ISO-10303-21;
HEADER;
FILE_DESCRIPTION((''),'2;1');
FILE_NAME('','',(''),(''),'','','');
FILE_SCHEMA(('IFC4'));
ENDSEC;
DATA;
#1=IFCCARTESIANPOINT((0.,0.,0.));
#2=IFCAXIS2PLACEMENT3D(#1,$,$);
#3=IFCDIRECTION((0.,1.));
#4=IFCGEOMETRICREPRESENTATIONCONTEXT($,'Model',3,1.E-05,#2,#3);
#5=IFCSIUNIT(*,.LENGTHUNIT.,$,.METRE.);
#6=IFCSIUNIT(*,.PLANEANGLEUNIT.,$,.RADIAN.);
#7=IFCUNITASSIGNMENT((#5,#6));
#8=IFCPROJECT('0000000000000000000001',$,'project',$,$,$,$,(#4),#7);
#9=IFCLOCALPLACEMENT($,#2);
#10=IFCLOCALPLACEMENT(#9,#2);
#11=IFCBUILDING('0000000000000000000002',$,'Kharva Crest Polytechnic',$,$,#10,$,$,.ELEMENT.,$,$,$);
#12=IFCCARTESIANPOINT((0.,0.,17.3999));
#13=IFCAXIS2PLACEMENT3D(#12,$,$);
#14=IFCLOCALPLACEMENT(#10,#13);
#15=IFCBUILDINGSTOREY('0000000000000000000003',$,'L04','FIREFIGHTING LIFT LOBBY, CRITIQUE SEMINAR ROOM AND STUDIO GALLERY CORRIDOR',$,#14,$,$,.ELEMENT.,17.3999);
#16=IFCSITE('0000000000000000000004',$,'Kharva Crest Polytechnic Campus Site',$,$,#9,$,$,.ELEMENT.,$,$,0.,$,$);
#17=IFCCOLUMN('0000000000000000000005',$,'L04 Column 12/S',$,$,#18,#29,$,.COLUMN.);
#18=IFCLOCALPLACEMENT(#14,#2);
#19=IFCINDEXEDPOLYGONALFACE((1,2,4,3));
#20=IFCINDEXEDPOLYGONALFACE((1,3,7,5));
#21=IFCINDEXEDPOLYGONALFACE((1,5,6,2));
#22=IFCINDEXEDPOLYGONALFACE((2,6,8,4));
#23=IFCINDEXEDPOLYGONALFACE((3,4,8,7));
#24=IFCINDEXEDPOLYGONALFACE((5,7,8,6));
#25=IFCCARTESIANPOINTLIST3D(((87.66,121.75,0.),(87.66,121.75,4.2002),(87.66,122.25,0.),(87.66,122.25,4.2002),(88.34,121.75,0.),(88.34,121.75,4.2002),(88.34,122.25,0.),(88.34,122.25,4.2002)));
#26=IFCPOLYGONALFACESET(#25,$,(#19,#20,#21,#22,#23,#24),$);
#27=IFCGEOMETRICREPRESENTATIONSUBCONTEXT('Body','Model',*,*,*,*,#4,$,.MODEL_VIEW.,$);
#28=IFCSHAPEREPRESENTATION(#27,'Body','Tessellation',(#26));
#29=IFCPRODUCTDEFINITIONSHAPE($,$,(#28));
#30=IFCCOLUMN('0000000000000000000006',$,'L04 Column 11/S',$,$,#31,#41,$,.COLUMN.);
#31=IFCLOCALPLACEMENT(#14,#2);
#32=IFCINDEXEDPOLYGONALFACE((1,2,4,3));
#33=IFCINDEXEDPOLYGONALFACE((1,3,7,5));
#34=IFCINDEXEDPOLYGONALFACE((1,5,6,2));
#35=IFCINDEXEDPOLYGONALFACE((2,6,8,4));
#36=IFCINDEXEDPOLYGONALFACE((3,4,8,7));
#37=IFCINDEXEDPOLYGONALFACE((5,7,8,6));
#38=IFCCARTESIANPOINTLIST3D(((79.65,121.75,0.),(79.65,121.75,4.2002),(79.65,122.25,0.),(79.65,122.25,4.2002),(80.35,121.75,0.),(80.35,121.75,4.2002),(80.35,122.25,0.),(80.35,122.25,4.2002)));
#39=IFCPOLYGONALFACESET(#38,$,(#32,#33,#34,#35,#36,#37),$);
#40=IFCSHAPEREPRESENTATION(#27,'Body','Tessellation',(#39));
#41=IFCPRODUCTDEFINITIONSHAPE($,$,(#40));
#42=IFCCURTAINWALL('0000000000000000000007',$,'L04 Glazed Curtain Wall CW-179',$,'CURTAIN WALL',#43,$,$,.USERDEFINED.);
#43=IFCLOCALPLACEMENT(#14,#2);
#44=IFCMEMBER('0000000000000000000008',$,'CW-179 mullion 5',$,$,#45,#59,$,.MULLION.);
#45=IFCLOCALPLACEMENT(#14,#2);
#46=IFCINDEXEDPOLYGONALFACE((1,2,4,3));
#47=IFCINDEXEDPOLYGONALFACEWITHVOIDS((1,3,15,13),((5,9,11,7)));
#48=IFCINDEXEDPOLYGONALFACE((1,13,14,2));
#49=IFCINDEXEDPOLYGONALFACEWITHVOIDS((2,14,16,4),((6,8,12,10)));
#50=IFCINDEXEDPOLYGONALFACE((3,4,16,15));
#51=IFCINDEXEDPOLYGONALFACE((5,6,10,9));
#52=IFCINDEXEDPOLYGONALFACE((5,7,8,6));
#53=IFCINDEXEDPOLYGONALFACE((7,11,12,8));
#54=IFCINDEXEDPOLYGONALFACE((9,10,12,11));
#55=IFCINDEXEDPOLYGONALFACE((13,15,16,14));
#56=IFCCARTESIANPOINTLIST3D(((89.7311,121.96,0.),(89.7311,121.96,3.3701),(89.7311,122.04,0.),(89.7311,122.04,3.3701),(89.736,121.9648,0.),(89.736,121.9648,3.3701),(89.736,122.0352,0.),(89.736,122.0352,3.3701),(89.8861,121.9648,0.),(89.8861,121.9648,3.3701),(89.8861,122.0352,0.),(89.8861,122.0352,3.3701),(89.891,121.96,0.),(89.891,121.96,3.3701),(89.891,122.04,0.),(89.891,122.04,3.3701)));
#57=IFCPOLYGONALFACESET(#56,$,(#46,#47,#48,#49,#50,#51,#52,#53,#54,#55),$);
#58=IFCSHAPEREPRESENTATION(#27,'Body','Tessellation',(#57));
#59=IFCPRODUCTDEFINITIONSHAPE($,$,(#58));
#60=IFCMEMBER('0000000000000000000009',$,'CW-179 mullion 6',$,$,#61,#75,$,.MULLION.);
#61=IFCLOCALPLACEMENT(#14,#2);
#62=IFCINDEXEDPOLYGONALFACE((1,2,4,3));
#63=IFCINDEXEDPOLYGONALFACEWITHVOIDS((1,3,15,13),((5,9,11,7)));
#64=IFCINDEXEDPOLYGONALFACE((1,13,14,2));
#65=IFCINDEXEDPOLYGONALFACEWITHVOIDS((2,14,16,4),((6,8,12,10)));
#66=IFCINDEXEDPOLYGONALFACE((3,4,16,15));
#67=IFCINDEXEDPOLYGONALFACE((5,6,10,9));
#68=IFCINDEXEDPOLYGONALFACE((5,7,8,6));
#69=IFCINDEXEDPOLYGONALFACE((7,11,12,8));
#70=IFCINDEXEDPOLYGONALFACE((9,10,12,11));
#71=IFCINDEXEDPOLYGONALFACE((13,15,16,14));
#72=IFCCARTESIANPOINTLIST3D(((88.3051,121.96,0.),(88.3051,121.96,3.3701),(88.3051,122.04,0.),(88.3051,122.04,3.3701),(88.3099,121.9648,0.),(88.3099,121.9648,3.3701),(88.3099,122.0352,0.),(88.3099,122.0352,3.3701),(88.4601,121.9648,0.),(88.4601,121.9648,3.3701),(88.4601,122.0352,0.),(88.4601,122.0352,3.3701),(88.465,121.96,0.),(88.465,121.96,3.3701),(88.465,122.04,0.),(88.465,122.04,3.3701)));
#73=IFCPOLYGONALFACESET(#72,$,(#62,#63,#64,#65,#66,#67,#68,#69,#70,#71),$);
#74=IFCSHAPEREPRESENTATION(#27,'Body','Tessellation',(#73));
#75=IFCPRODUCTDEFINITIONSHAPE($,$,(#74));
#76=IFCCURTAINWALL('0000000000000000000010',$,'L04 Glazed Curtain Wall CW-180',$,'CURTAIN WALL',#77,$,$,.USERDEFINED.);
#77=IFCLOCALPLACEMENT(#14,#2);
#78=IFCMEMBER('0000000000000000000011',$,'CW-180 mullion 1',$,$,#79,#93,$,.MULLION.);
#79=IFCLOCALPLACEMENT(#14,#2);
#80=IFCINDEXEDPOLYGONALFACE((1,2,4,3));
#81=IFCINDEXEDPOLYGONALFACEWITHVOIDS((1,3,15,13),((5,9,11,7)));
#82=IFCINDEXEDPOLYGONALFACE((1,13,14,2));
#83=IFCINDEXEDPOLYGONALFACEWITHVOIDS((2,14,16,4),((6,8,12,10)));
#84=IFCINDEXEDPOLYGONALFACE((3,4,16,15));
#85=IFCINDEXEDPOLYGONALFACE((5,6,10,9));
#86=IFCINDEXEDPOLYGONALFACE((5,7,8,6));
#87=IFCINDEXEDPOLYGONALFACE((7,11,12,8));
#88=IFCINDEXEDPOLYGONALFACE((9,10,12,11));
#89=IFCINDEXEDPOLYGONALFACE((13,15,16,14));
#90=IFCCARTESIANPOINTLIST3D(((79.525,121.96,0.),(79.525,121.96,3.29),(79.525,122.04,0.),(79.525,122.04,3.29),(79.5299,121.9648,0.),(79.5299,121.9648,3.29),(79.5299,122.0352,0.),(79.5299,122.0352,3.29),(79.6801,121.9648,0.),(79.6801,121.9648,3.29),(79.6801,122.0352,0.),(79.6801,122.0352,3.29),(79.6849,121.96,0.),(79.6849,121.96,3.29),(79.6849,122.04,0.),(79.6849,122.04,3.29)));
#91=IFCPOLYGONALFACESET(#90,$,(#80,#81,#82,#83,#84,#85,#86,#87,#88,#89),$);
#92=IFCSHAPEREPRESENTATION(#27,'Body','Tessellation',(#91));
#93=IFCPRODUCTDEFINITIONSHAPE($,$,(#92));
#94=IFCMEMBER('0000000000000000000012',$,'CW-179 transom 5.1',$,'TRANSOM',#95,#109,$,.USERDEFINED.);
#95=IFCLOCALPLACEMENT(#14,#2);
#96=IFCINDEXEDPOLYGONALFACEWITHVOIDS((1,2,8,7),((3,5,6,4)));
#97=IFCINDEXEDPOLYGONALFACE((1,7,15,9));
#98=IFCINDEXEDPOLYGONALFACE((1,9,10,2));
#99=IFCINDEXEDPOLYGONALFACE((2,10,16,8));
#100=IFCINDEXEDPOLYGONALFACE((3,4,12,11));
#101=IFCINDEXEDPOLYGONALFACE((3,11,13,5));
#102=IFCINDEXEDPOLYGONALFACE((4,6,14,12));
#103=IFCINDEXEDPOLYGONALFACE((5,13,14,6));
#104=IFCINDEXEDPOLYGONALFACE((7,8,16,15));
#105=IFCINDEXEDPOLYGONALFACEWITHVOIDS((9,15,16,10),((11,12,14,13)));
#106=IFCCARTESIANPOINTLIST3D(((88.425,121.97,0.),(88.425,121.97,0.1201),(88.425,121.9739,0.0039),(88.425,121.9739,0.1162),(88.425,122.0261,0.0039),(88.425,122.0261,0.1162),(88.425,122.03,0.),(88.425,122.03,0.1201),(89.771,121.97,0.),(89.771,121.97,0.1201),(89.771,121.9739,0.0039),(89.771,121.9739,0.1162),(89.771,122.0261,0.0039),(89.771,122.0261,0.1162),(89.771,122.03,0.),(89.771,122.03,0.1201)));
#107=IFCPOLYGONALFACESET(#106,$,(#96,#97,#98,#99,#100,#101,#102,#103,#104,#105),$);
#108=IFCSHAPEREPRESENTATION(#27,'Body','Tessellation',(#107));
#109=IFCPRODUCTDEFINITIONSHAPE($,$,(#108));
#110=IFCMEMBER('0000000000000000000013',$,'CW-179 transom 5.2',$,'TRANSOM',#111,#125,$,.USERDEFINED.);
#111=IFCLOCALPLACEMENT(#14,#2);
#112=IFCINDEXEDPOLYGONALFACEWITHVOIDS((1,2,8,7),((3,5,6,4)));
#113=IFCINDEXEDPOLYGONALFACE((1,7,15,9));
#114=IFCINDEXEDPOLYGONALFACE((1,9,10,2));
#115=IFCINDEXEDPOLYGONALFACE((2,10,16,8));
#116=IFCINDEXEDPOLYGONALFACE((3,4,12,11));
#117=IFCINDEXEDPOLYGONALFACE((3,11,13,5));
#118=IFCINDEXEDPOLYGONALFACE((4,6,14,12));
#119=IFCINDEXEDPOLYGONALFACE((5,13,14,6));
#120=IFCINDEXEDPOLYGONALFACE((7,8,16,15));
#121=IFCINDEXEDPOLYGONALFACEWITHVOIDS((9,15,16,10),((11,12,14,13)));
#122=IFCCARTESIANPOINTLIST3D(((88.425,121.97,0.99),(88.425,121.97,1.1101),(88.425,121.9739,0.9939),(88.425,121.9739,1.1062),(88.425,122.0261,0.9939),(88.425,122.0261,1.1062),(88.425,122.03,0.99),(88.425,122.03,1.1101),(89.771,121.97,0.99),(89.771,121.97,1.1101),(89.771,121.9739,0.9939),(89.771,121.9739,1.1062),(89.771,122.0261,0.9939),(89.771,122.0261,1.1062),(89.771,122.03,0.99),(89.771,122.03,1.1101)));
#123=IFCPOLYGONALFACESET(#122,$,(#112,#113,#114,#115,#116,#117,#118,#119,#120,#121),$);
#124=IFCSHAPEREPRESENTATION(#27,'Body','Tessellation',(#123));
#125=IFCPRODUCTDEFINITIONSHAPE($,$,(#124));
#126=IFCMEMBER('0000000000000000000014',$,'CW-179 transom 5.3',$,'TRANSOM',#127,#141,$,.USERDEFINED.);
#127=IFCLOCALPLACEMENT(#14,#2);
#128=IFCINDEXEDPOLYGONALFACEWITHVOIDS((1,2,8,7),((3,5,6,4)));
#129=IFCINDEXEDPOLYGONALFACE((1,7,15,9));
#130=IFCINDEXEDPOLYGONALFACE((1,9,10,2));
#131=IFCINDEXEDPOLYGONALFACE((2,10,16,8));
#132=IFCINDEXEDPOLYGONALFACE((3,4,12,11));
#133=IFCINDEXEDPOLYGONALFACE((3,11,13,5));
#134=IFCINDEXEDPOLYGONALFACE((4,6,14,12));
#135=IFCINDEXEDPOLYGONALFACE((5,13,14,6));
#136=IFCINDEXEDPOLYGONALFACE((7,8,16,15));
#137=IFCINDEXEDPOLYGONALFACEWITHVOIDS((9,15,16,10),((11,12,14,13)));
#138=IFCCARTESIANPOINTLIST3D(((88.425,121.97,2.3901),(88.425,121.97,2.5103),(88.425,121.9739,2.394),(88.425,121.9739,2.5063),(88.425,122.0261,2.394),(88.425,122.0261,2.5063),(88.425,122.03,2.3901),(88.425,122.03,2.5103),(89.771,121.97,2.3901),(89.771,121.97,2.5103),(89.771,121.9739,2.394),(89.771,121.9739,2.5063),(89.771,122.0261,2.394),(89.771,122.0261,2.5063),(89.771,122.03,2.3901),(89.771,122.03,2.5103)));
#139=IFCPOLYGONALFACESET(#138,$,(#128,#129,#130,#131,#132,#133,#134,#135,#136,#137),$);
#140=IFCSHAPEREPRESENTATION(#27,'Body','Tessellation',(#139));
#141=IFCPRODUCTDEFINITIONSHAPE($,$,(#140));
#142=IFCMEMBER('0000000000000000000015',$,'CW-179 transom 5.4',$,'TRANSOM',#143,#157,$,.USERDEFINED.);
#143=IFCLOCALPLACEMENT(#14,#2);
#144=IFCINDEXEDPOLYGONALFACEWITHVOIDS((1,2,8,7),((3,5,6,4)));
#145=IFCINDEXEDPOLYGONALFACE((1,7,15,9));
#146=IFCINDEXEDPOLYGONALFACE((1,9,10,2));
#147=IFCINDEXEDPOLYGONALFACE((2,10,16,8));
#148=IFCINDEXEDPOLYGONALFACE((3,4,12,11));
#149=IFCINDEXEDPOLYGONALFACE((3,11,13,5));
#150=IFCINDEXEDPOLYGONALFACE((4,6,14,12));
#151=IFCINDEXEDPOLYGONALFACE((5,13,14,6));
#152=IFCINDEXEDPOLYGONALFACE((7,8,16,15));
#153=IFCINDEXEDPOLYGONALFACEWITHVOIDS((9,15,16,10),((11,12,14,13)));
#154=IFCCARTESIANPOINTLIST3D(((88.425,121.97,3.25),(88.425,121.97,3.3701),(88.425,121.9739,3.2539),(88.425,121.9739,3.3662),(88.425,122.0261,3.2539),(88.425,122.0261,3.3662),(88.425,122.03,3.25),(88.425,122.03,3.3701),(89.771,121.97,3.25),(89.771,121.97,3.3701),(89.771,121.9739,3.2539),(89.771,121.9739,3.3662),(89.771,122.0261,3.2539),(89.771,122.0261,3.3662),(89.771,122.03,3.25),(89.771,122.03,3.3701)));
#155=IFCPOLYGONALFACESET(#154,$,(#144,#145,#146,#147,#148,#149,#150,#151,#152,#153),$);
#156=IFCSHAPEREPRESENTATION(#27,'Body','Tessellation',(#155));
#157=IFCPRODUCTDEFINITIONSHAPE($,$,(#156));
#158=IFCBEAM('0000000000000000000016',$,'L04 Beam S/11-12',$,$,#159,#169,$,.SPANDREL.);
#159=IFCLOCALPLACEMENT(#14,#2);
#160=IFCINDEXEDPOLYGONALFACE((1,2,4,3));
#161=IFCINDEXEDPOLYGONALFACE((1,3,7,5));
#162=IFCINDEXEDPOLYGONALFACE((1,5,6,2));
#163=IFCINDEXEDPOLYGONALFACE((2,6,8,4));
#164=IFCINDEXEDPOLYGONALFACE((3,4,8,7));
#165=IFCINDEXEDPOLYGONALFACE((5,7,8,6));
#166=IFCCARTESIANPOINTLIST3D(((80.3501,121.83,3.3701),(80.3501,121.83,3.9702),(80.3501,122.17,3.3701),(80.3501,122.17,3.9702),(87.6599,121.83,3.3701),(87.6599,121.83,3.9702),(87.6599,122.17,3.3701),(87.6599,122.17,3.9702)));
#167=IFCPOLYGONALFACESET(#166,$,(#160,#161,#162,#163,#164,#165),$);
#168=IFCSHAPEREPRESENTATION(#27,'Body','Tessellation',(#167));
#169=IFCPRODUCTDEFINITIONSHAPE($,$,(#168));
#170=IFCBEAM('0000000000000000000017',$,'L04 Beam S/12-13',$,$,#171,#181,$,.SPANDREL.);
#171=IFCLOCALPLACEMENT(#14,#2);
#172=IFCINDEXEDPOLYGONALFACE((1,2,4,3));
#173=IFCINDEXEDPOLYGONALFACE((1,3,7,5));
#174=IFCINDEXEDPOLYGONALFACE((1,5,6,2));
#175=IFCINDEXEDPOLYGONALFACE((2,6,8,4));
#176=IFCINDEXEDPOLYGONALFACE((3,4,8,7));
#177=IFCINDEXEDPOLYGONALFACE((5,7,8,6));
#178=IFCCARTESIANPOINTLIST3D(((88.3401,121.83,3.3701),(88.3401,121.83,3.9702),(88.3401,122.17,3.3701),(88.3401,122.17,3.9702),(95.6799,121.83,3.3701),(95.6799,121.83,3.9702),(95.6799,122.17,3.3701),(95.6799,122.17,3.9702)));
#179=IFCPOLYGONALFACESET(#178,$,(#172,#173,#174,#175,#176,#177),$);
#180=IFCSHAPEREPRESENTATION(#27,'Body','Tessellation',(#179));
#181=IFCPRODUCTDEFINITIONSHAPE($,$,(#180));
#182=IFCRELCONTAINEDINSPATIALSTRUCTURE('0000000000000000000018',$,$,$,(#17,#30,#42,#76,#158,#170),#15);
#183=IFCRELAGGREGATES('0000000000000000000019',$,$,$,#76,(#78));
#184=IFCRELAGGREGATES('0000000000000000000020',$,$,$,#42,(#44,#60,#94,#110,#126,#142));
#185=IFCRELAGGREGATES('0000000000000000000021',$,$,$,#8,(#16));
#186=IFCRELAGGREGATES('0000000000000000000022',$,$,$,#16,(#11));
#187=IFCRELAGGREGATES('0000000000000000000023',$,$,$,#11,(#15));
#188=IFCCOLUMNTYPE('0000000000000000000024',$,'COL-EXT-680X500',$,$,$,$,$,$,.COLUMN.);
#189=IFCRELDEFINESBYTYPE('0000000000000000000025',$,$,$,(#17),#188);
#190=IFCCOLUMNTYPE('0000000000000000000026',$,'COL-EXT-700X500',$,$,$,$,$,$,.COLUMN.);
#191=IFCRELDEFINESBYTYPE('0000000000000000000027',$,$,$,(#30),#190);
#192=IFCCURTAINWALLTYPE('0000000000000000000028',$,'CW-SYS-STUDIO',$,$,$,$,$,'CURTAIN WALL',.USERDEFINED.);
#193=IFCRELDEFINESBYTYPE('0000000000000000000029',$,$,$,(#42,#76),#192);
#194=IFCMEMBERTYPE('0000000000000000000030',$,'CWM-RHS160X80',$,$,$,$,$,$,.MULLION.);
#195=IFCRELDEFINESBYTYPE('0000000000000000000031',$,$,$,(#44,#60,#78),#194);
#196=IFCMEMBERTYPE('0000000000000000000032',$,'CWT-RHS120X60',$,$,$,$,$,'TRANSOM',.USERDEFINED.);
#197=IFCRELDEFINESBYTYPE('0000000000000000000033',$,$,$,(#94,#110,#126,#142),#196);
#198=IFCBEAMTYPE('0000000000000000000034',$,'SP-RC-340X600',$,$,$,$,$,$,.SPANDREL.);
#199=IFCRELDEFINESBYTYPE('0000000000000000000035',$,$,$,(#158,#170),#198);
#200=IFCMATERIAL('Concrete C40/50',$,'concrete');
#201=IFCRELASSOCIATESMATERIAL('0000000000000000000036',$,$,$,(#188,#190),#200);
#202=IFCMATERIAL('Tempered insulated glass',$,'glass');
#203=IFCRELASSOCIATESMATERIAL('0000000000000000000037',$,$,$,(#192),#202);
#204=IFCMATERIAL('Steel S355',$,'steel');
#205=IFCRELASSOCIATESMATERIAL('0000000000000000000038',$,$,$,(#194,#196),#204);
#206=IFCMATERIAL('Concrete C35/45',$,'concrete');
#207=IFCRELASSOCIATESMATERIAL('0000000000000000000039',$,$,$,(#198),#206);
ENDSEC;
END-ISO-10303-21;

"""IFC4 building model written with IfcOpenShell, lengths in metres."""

from ifc_helpers import new_model, si_unit, direction, frame, origin, origin_2d, place, context, subcontext, project, spatial, rectangle, hollow_rectangle, extrude, material, material_profile, profile_set, type_object, element, aggregate, save


model = new_model("IFC4")

# Units and contexts
model_context = context("Model", 3, precision=1e-05, world=origin(), true_north=direction((0.0, 1.0)))
body_context = subcontext(model_context, "Body", "Model", "MODEL_VIEW")
ifc_project = project(units=[si_unit("LENGTHUNIT", "METRE"), si_unit("PLANEANGLEUNIT", "RADIAN")], contexts=[model_context])

# Site, building, storey
site_placement = place(None, origin())
site = spatial("IfcSite", under=ifc_project, at=site_placement, Name="Kharva Crest Polytechnic Campus Site", CompositionType="ELEMENT", RefElevation=0.0)
building_placement = place(site_placement, origin())
building = spatial("IfcBuilding", under=site, at=building_placement, Name="Kharva Crest Polytechnic", CompositionType="ELEMENT")
storey_placement = place(building_placement, frame((0.0, 0.0, 17.3999)))
storey = spatial("IfcBuildingStorey", under=building, at=storey_placement, Name="L04", Description="FIREFIGHTING LIFT LOBBY, CRITIQUE SEMINAR ROOM AND STUDIO GALLERY CORRIDOR", CompositionType="ELEMENT", Elevation=17.3999)

# Columns
ifc_material_1 = material(Name="Concrete C40/50", Category="concrete")
ifc_material_profile_1 = material_profile(ifc_material_1, rectangle(XDim=0.6799, YDim=0.5, at=origin_2d()), Name="RECT 680 X 500")
ifc_profile_set_1 = profile_set([ifc_material_profile_1], Name="Concrete C40/50")
column_type_1 = type_object("IfcColumnType", Name="COL-EXT-680X500", PredefinedType="COLUMN", material=ifc_profile_set_1)
column_1_placement = place(storey_placement, frame((88.0, 122.0, 0.0), z_axis=(0.0, 0.0, 1.0), x_axis=(1.0, 0.0, 0.0)))
element("IfcColumn", 1, at=column_1_placement, inside=storey, type_object=column_type_1, Name="L04 Column 12/S", PredefinedType="COLUMN", context=body_context, shape_type="SweptSolid", body=[
    extrude(rectangle(XDim=0.6799, YDim=0.5, at=origin_2d()), origin(), (0.0, 0.0, 1.0), 4.2002),
])
ifc_material_profile_2 = material_profile(ifc_material_1, rectangle(XDim=0.7, YDim=0.5, at=origin_2d()), Name="RECT 700 X 500")
ifc_profile_set_2 = profile_set([ifc_material_profile_2], Name="Concrete C40/50")
column_type_2 = type_object("IfcColumnType", Name="COL-EXT-700X500", PredefinedType="COLUMN", material=ifc_profile_set_2)
column_2_placement = place(storey_placement, frame((80.0, 122.0, 0.0), z_axis=(0.0, 0.0, 1.0), x_axis=(1.0, 0.0, 0.0)))
element("IfcColumn", 2, at=column_2_placement, inside=storey, type_object=column_type_2, Name="L04 Column 11/S", PredefinedType="COLUMN", context=body_context, shape_type="SweptSolid", body=[
    extrude(rectangle(XDim=0.7, YDim=0.5, at=origin_2d()), origin(), (0.0, 0.0, 1.0), 4.2002),
])

# Curtain wall, members
ifc_material_2 = material(Name="Tempered insulated glass", Category="glass")
curtain_wall_type = type_object("IfcCurtainWallType", Name="CW-SYS-STUDIO", ElementType="CURTAIN WALL", PredefinedType="USERDEFINED", material=ifc_material_2)
curtain_wall_1_placement = place(storey_placement, origin())
curtain_wall_1 = element("IfcCurtainWall", 3, at=curtain_wall_1_placement, inside=storey, type_object=curtain_wall_type, Name="L04 Glazed Curtain Wall CW-179", ObjectType="CURTAIN WALL", PredefinedType="USERDEFINED")
ifc_material_3 = material(Name="Steel S355", Category="steel")
ifc_material_profile_3 = material_profile(ifc_material_3, hollow_rectangle(XDim=0.0801, YDim=0.1599, WallThickness=0.0049, at=origin_2d()), Name="RHS 160X80X5.0")
ifc_profile_set_3 = profile_set([ifc_material_profile_3], Name="Steel S355")
member_type_1 = type_object("IfcMemberType", Name="CWM-RHS160X80", PredefinedType="MULLION", material=ifc_profile_set_3)
member_1_placement = place(storey_placement, frame((89.811, 122.0, 0.0), z_axis=(0.0, 0.0, 1.0), x_axis=(0.0, -1.0, 0.0)))
member_1 = element("IfcMember", 4, at=member_1_placement, type_object=member_type_1, Name="CW-179 mullion 5", PredefinedType="MULLION", context=body_context, shape_type="SweptSolid", body=[
    extrude(hollow_rectangle(XDim=0.0801, YDim=0.1599, WallThickness=0.0049, at=origin_2d()), origin(), (0.0, 0.0, 1.0), 3.3701),
])
member_2_placement = place(storey_placement, frame((88.385, 122.0, 0.0), z_axis=(0.0, 0.0, 1.0), x_axis=(0.0, -1.0, 0.0)))
member_2 = element("IfcMember", 5, at=member_2_placement, type_object=member_type_1, Name="CW-179 mullion 6", PredefinedType="MULLION", context=body_context, shape_type="SweptSolid", body=[
    extrude(hollow_rectangle(XDim=0.0801, YDim=0.1599, WallThickness=0.0049, at=origin_2d()), origin(), (0.0, 0.0, 1.0), 3.3701),
])

# Curtain wall, member
curtain_wall_2_placement = place(storey_placement, origin())
curtain_wall_2 = element("IfcCurtainWall", 6, at=curtain_wall_2_placement, inside=storey, type_object=curtain_wall_type, Name="L04 Glazed Curtain Wall CW-180", ObjectType="CURTAIN WALL", PredefinedType="USERDEFINED")
member_3_placement = place(storey_placement, frame((79.605, 122.0, 0.0), z_axis=(0.0, 0.0, 1.0), x_axis=(0.0, -1.0, 0.0)))
member_3 = element("IfcMember", 7, at=member_3_placement, type_object=member_type_1, Name="CW-180 mullion 1", PredefinedType="MULLION", context=body_context, shape_type="SweptSolid", body=[
    extrude(hollow_rectangle(XDim=0.0801, YDim=0.1599, WallThickness=0.0049, at=origin_2d()), origin(), (0.0, 0.0, 1.0), 3.29),
])
aggregate(curtain_wall_2, [member_3])

# Members
ifc_material_profile_4 = material_profile(ifc_material_3, hollow_rectangle(XDim=0.0601, YDim=0.1201, WallThickness=0.0039, at=origin_2d()), Name="RHS 120X60X4.0")
ifc_profile_set_4 = profile_set([ifc_material_profile_4], Name="Steel S355")
member_type_2 = type_object("IfcMemberType", Name="CWT-RHS120X60", ElementType="TRANSOM", PredefinedType="USERDEFINED", material=ifc_profile_set_4)
member_4_placement = place(storey_placement, frame((89.771, 122.0, 0.0601), z_axis=(-1.0, 0.0, 0.0), x_axis=(0.0, -1.0, 0.0)))
member_4 = element("IfcMember", 8, at=member_4_placement, type_object=member_type_2, Name="CW-179 transom 5.1", ObjectType="TRANSOM", PredefinedType="USERDEFINED", context=body_context, shape_type="SweptSolid", body=[
    extrude(hollow_rectangle(XDim=0.0601, YDim=0.1201, WallThickness=0.0039, at=origin_2d()), origin(), (0.0, 0.0, 1.0), 1.3459),
])
member_5_placement = place(storey_placement, frame((89.771, 122.0, 1.05), z_axis=(-1.0, 0.0, 0.0), x_axis=(0.0, -1.0, 0.0)))
member_5 = element("IfcMember", 9, at=member_5_placement, type_object=member_type_2, Name="CW-179 transom 5.2", ObjectType="TRANSOM", PredefinedType="USERDEFINED", context=body_context, shape_type="SweptSolid", body=[
    extrude(hollow_rectangle(XDim=0.0601, YDim=0.1201, WallThickness=0.0039, at=origin_2d()), origin(), (0.0, 0.0, 1.0), 1.3459),
])
member_6_placement = place(storey_placement, frame((89.771, 122.0, 2.4502), z_axis=(-1.0, 0.0, 0.0), x_axis=(0.0, -1.0, 0.0)))
member_6 = element("IfcMember", 10, at=member_6_placement, type_object=member_type_2, Name="CW-179 transom 5.3", ObjectType="TRANSOM", PredefinedType="USERDEFINED", context=body_context, shape_type="SweptSolid", body=[
    extrude(hollow_rectangle(XDim=0.0601, YDim=0.1201, WallThickness=0.0039, at=origin_2d()), origin(), (0.0, 0.0, 1.0), 1.3459),
])
member_7_placement = place(storey_placement, frame((89.771, 122.0, 3.3101), z_axis=(-1.0, 0.0, 0.0), x_axis=(0.0, -1.0, 0.0)))
member_7 = element("IfcMember", 11, at=member_7_placement, type_object=member_type_2, Name="CW-179 transom 5.4", ObjectType="TRANSOM", PredefinedType="USERDEFINED", context=body_context, shape_type="SweptSolid", body=[
    extrude(hollow_rectangle(XDim=0.0601, YDim=0.1201, WallThickness=0.0039, at=origin_2d()), origin(), (0.0, 0.0, 1.0), 1.3459),
])

# Beams
ifc_material_4 = material(Name="Concrete C35/45", Category="concrete")
ifc_material_profile_5 = material_profile(ifc_material_4, rectangle(XDim=0.3401, YDim=0.6001, at=origin_2d()), Name="RECT 340 X 600")
ifc_profile_set_5 = profile_set([ifc_material_profile_5], Name="Concrete C35/45")
beam_type = type_object("IfcBeamType", Name="SP-RC-340X600", PredefinedType="SPANDREL", material=ifc_profile_set_5)
beam_1_placement = place(storey_placement, frame((80.3501, 122.0, 3.6702), z_axis=(1.0, 0.0, 0.0), x_axis=(0.0, 1.0, 0.0)))
element("IfcBeam", 12, at=beam_1_placement, inside=storey, type_object=beam_type, Name="L04 Beam S/11-12", PredefinedType="SPANDREL", context=body_context, shape_type="SweptSolid", body=[
    extrude(rectangle(XDim=0.3401, YDim=0.6001, at=origin_2d()), origin(), (0.0, 0.0, 1.0), 7.3098),
])
beam_2_placement = place(storey_placement, frame((88.3401, 122.0, 3.6702), z_axis=(1.0, 0.0, 0.0), x_axis=(0.0, 1.0, 0.0)))
element("IfcBeam", 13, at=beam_2_placement, inside=storey, type_object=beam_type, Name="L04 Beam S/12-13", PredefinedType="SPANDREL", context=body_context, shape_type="SweptSolid", body=[
    extrude(rectangle(XDim=0.3401, YDim=0.6001, at=origin_2d()), origin(), (0.0, 0.0, 1.0), 7.3398),
])

aggregate(curtain_wall_1, [member_1, member_2, member_4, member_5, member_6, member_7])

save(model, "model.ifc")
